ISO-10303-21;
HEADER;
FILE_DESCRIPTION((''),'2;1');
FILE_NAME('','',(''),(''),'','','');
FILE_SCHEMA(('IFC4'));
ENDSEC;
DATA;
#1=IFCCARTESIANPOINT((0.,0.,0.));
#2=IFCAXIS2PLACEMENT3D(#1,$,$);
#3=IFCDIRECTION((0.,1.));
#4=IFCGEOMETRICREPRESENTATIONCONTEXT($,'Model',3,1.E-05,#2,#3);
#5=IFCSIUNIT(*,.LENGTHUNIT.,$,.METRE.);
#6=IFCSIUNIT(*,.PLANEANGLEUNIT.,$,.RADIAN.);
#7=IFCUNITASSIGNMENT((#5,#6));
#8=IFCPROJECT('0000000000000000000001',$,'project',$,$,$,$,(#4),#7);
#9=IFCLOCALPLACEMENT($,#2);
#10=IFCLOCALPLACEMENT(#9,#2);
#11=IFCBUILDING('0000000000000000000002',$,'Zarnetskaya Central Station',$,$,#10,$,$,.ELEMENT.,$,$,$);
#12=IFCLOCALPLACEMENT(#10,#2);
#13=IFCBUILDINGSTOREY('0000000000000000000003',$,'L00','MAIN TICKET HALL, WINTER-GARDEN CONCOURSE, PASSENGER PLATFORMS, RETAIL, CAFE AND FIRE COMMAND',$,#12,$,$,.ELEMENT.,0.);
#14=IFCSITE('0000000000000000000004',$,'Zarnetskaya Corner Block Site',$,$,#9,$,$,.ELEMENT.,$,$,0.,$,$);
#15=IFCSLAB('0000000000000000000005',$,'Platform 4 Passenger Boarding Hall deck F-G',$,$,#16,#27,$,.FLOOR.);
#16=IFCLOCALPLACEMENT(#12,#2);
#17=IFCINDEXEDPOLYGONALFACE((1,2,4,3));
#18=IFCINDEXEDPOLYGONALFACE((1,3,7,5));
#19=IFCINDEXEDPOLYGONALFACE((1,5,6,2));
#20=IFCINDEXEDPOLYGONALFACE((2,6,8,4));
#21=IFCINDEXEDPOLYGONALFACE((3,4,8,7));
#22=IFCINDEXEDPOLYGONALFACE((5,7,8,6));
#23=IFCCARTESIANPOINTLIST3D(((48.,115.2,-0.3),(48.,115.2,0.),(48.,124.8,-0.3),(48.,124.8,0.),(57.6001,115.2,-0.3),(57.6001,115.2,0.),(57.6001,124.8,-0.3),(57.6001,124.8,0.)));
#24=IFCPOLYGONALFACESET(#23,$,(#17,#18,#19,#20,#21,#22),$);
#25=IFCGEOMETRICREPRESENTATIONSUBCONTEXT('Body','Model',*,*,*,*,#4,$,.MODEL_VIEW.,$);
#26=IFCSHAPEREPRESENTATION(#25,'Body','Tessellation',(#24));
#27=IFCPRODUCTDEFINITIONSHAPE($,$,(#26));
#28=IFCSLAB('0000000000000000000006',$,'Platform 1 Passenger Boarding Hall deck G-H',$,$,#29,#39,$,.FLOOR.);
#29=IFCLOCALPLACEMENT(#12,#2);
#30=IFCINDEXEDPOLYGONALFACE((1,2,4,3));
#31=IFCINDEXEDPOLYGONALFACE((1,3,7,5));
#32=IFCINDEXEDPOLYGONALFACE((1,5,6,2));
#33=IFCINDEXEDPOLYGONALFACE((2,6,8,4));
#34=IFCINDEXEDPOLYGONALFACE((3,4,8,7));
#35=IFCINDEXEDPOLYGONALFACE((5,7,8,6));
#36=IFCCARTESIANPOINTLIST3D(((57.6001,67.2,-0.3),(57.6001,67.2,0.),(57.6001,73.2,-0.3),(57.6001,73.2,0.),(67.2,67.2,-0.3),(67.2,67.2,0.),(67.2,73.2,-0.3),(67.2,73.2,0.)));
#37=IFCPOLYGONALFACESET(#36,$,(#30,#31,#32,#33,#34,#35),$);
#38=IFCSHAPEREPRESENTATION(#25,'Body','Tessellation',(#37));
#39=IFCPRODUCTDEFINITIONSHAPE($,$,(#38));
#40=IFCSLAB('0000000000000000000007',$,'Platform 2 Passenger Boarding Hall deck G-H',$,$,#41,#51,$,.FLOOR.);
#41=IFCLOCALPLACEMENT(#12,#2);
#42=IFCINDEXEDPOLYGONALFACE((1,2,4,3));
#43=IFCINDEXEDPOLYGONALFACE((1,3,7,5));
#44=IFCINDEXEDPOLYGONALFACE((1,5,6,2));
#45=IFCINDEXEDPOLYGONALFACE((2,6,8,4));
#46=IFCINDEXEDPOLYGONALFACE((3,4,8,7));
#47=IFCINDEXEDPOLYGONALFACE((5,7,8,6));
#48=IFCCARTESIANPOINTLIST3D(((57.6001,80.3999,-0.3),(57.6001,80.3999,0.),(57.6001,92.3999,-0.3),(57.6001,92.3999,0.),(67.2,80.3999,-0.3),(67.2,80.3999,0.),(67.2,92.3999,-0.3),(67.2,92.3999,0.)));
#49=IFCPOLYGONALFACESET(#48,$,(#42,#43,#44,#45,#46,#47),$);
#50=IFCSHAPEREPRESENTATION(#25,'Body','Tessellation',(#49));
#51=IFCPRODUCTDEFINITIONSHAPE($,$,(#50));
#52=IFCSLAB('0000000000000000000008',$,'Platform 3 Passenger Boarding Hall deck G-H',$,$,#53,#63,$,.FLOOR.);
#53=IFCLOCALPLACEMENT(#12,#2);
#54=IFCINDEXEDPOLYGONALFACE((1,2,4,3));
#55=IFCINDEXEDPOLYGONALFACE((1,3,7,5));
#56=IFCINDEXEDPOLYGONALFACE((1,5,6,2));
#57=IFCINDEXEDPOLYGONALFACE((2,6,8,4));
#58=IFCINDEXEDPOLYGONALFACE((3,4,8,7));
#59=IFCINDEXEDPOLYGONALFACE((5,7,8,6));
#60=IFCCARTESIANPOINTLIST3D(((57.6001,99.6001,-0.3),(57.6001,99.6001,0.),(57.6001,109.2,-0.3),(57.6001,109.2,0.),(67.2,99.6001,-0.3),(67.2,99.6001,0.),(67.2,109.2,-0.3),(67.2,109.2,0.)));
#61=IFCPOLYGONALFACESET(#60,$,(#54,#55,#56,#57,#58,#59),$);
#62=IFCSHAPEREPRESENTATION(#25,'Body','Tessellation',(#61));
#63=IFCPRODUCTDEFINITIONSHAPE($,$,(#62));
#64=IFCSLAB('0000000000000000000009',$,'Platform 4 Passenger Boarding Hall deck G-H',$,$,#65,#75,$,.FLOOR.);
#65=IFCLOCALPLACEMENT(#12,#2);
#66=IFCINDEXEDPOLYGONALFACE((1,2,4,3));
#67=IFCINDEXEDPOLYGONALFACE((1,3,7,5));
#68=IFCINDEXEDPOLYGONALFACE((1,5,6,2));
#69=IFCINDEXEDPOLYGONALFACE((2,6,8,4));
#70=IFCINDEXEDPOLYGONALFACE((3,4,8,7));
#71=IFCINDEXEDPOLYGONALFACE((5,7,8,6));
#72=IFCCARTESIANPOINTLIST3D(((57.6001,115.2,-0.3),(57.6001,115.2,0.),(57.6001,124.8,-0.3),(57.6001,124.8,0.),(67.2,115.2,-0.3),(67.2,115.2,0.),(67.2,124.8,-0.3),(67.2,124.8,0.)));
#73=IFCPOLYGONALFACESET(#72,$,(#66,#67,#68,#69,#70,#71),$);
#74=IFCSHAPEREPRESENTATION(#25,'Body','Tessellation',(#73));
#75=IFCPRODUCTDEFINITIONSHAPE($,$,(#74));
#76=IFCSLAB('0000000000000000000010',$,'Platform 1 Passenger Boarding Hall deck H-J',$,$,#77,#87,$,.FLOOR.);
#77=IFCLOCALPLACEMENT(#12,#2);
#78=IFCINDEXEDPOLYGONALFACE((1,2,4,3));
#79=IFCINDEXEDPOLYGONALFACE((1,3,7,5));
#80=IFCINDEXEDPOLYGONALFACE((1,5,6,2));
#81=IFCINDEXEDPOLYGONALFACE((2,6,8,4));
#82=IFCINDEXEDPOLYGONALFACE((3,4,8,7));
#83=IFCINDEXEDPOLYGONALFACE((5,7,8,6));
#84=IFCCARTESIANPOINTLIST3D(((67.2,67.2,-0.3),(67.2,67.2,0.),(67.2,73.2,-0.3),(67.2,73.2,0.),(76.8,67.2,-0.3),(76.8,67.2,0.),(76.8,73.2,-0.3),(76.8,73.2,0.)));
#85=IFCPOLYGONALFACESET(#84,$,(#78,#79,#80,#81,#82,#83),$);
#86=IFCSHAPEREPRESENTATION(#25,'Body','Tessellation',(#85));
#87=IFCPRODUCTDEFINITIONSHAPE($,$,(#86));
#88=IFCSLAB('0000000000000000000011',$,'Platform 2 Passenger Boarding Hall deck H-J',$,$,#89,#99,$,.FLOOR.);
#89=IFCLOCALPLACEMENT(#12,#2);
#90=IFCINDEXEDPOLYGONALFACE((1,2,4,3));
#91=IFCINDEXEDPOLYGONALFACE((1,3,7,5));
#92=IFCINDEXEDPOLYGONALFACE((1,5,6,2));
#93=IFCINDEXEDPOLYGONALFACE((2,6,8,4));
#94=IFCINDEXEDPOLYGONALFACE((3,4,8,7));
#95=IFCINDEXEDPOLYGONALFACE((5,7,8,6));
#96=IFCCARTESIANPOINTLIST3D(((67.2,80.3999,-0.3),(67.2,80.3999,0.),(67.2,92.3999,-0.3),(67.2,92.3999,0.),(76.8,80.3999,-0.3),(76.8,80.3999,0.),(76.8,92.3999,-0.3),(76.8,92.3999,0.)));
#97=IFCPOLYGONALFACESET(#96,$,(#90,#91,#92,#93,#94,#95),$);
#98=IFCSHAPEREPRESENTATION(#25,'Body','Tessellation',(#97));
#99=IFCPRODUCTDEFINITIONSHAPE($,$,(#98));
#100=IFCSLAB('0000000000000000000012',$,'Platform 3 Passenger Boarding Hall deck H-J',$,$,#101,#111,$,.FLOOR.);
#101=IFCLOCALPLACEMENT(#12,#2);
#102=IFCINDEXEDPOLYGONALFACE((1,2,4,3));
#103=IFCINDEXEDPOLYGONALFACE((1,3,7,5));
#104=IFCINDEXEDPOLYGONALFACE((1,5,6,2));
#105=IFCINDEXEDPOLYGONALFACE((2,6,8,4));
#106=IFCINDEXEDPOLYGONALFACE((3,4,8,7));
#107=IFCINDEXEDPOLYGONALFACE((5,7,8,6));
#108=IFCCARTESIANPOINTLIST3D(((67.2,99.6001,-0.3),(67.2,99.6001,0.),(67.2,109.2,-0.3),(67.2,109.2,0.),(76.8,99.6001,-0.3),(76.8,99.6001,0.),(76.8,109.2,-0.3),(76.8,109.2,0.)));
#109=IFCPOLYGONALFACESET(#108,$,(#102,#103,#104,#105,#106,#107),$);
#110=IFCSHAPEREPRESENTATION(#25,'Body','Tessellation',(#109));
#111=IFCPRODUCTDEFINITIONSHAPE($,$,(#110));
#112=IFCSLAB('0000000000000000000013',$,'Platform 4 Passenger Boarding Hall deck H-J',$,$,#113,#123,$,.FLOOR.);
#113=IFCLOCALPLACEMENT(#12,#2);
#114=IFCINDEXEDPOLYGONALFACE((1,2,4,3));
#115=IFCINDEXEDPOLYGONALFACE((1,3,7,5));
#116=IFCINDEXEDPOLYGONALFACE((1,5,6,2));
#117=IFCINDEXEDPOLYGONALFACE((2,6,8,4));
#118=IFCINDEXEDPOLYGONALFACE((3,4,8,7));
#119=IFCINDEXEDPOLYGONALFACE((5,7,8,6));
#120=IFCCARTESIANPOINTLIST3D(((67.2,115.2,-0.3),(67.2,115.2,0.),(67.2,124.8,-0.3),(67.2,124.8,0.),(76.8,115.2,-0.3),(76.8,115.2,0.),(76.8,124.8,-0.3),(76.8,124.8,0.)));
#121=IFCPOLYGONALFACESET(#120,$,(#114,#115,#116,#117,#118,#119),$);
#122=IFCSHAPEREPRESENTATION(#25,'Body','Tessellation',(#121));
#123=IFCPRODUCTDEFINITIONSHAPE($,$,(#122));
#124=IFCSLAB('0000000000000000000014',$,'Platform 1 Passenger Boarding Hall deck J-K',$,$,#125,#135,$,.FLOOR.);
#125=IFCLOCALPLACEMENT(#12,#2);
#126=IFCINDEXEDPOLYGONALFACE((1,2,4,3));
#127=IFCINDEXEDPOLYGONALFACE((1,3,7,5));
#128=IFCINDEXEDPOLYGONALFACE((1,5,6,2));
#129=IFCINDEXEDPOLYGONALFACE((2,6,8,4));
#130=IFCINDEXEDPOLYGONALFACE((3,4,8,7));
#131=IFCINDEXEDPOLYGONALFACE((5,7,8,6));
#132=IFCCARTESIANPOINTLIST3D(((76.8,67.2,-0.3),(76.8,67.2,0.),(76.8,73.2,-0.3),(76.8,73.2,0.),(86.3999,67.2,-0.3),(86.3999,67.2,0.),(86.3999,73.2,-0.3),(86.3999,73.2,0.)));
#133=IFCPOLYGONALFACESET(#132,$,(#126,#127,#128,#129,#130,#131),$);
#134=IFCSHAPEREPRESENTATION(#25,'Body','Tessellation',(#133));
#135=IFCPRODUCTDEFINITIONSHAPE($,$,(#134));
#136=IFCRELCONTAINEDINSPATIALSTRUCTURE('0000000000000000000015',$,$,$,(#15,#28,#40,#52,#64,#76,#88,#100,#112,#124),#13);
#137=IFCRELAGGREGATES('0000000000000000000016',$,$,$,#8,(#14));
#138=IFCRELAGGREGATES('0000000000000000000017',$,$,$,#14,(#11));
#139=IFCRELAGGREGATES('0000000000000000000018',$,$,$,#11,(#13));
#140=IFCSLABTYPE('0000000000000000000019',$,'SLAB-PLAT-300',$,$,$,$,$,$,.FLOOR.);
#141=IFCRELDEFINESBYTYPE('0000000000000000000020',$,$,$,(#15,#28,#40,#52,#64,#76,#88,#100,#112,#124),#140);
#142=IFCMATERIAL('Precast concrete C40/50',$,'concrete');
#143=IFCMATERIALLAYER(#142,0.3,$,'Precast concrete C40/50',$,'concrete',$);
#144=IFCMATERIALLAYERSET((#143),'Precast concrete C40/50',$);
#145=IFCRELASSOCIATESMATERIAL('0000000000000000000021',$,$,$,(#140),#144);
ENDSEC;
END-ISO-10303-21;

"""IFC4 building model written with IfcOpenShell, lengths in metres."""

from ifc_helpers import new_model, si_unit, direction, frame, origin, place, context, subcontext, project, spatial, polyline, outline, extrude, material, layer, layer_set, type_object, element, save


model = new_model("IFC4")

# Units and contexts
model_context = context("Model", 3, precision=1e-05, world=origin(), true_north=direction((0.0, 1.0)))
body_context = subcontext(model_context, "Body", "Model", "MODEL_VIEW")
ifc_project = project(units=[si_unit("LENGTHUNIT", "METRE"), si_unit("PLANEANGLEUNIT", "RADIAN")], contexts=[model_context])

# Site, building, storey
site_placement = place(None, origin())
site = spatial("IfcSite", under=ifc_project, at=site_placement, Name="Zarnetskaya Corner Block Site", CompositionType="ELEMENT", RefElevation=0.0)
building_placement = place(site_placement, origin())
building = spatial("IfcBuilding", under=site, at=building_placement, Name="Zarnetskaya Central Station", CompositionType="ELEMENT")
storey_placement = place(building_placement, origin())
storey = spatial("IfcBuildingStorey", under=building, at=storey_placement, Name="L00", Description="MAIN TICKET HALL, WINTER-GARDEN CONCOURSE, PASSENGER PLATFORMS, RETAIL, CAFE AND FIRE COMMAND", CompositionType="ELEMENT", Elevation=0.0)

# Slabs
ifc_material_1 = material(Name="Precast concrete C40/50", Category="concrete")
ifc_layer_1 = layer(ifc_material_1, 0.3, Name="Precast concrete C40/50", Category="concrete")
ifc_layer_set_1 = layer_set([ifc_layer_1], Name="Precast concrete C40/50")
slab_type_1 = type_object("IfcSlabType", Name="SLAB-PLAT-300", PredefinedType="FLOOR", material=ifc_layer_set_1)
slab_1_placement = place(storey_placement, frame((0.0, 0.0, -0.3)))
element("IfcSlab", 1, at=slab_1_placement, inside=storey, type_object=slab_type_1, Name="Platform 4 Passenger Boarding Hall deck F-G", PredefinedType="FLOOR", context=body_context, shape_type="SweptSolid", body=[
    extrude(outline(polyline([(48.0, 115.2), (57.6001, 115.2), (57.6001, 124.8), (48.0, 124.8), (48.0, 115.2)])), origin(), (0.0, 0.0, 1.0), 0.3),
])
slab_2_placement = place(storey_placement, frame((0.0, 0.0, -0.3)))
element("IfcSlab", 2, at=slab_2_placement, inside=storey, type_object=slab_type_1, Name="Platform 1 Passenger Boarding Hall deck G-H", PredefinedType="FLOOR", context=body_context, shape_type="SweptSolid", body=[
    extrude(outline(polyline([(57.6001, 67.2), (67.2, 67.2), (67.2, 73.2), (57.6001, 73.2), (57.6001, 67.2)])), origin(), (0.0, 0.0, 1.0), 0.3),
])
slab_3_placement = place(storey_placement, frame((0.0, 0.0, -0.3)))
element("IfcSlab", 3, at=slab_3_placement, inside=storey, type_object=slab_type_1, Name="Platform 2 Passenger Boarding Hall deck G-H", PredefinedType="FLOOR", context=body_context, shape_type="SweptSolid", body=[
    extrude(outline(polyline([(57.6001, 80.3999), (67.2, 80.3999), (67.2, 92.3999), (57.6001, 92.3999), (57.6001, 80.3999)])), origin(), (0.0, 0.0, 1.0), 0.3),
])
slab_4_placement = place(storey_placement, frame((0.0, 0.0, -0.3)))
element("IfcSlab", 4, at=slab_4_placement, inside=storey, type_object=slab_type_1, Name="Platform 3 Passenger Boarding Hall deck G-H", PredefinedType="FLOOR", context=body_context, shape_type="SweptSolid", body=[
    extrude(outline(polyline([(57.6001, 99.6001), (67.2, 99.6001), (67.2, 109.2), (57.6001, 109.2), (57.6001, 99.6001)])), origin(), (0.0, 0.0, 1.0), 0.3),
])
slab_5_placement = place(storey_placement, frame((0.0, 0.0, -0.3)))
element("IfcSlab", 5, at=slab_5_placement, inside=storey, type_object=slab_type_1, Name="Platform 4 Passenger Boarding Hall deck G-H", PredefinedType="FLOOR", context=body_context, shape_type="SweptSolid", body=[
    extrude(outline(polyline([(57.6001, 115.2), (67.2, 115.2), (67.2, 124.8), (57.6001, 124.8), (57.6001, 115.2)])), origin(), (0.0, 0.0, 1.0), 0.3),
])
slab_6_placement = place(storey_placement, frame((0.0, 0.0, -0.3)))
element("IfcSlab", 6, at=slab_6_placement, inside=storey, type_object=slab_type_1, Name="Platform 1 Passenger Boarding Hall deck H-J", PredefinedType="FLOOR", context=body_context, shape_type="SweptSolid", body=[
    extrude(outline(polyline([(67.2, 67.2), (76.8, 67.2), (76.8, 73.2), (67.2, 73.2), (67.2, 67.2)])), origin(), (0.0, 0.0, 1.0), 0.3),
])
slab_7_placement = place(storey_placement, frame((0.0, 0.0, -0.3)))
element("IfcSlab", 7, at=slab_7_placement, inside=storey, type_object=slab_type_1, Name="Platform 2 Passenger Boarding Hall deck H-J", PredefinedType="FLOOR", context=body_context, shape_type="SweptSolid", body=[
    extrude(outline(polyline([(67.2, 80.3999), (76.8, 80.3999), (76.8, 92.3999), (67.2, 92.3999), (67.2, 80.3999)])), origin(), (0.0, 0.0, 1.0), 0.3),
])
slab_8_placement = place(storey_placement, frame((0.0, 0.0, -0.3)))
element("IfcSlab", 8, at=slab_8_placement, inside=storey, type_object=slab_type_1, Name="Platform 3 Passenger Boarding Hall deck H-J", PredefinedType="FLOOR", context=body_context, shape_type="SweptSolid", body=[
    extrude(outline(polyline([(67.2, 99.6001), (76.8, 99.6001), (76.8, 109.2), (67.2, 109.2), (67.2, 99.6001)])), origin(), (0.0, 0.0, 1.0), 0.3),
])
slab_9_placement = place(storey_placement, frame((0.0, 0.0, -0.3)))
element("IfcSlab", 9, at=slab_9_placement, inside=storey, type_object=slab_type_1, Name="Platform 4 Passenger Boarding Hall deck H-J", PredefinedType="FLOOR", context=body_context, shape_type="SweptSolid", body=[
    extrude(outline(polyline([(67.2, 115.2), (76.8, 115.2), (76.8, 124.8), (67.2, 124.8), (67.2, 115.2)])), origin(), (0.0, 0.0, 1.0), 0.3),
])
slab_10_placement = place(storey_placement, frame((0.0, 0.0, -0.3)))
element("IfcSlab", 10, at=slab_10_placement, inside=storey, type_object=slab_type_1, Name="Platform 1 Passenger Boarding Hall deck J-K", PredefinedType="FLOOR", context=body_context, shape_type="SweptSolid", body=[
    extrude(outline(polyline([(76.8, 67.2), (86.3999, 67.2), (86.3999, 73.2), (76.8, 73.2), (76.8, 67.2)])), origin(), (0.0, 0.0, 1.0), 0.3),
])

save(model, "model.ifc")
